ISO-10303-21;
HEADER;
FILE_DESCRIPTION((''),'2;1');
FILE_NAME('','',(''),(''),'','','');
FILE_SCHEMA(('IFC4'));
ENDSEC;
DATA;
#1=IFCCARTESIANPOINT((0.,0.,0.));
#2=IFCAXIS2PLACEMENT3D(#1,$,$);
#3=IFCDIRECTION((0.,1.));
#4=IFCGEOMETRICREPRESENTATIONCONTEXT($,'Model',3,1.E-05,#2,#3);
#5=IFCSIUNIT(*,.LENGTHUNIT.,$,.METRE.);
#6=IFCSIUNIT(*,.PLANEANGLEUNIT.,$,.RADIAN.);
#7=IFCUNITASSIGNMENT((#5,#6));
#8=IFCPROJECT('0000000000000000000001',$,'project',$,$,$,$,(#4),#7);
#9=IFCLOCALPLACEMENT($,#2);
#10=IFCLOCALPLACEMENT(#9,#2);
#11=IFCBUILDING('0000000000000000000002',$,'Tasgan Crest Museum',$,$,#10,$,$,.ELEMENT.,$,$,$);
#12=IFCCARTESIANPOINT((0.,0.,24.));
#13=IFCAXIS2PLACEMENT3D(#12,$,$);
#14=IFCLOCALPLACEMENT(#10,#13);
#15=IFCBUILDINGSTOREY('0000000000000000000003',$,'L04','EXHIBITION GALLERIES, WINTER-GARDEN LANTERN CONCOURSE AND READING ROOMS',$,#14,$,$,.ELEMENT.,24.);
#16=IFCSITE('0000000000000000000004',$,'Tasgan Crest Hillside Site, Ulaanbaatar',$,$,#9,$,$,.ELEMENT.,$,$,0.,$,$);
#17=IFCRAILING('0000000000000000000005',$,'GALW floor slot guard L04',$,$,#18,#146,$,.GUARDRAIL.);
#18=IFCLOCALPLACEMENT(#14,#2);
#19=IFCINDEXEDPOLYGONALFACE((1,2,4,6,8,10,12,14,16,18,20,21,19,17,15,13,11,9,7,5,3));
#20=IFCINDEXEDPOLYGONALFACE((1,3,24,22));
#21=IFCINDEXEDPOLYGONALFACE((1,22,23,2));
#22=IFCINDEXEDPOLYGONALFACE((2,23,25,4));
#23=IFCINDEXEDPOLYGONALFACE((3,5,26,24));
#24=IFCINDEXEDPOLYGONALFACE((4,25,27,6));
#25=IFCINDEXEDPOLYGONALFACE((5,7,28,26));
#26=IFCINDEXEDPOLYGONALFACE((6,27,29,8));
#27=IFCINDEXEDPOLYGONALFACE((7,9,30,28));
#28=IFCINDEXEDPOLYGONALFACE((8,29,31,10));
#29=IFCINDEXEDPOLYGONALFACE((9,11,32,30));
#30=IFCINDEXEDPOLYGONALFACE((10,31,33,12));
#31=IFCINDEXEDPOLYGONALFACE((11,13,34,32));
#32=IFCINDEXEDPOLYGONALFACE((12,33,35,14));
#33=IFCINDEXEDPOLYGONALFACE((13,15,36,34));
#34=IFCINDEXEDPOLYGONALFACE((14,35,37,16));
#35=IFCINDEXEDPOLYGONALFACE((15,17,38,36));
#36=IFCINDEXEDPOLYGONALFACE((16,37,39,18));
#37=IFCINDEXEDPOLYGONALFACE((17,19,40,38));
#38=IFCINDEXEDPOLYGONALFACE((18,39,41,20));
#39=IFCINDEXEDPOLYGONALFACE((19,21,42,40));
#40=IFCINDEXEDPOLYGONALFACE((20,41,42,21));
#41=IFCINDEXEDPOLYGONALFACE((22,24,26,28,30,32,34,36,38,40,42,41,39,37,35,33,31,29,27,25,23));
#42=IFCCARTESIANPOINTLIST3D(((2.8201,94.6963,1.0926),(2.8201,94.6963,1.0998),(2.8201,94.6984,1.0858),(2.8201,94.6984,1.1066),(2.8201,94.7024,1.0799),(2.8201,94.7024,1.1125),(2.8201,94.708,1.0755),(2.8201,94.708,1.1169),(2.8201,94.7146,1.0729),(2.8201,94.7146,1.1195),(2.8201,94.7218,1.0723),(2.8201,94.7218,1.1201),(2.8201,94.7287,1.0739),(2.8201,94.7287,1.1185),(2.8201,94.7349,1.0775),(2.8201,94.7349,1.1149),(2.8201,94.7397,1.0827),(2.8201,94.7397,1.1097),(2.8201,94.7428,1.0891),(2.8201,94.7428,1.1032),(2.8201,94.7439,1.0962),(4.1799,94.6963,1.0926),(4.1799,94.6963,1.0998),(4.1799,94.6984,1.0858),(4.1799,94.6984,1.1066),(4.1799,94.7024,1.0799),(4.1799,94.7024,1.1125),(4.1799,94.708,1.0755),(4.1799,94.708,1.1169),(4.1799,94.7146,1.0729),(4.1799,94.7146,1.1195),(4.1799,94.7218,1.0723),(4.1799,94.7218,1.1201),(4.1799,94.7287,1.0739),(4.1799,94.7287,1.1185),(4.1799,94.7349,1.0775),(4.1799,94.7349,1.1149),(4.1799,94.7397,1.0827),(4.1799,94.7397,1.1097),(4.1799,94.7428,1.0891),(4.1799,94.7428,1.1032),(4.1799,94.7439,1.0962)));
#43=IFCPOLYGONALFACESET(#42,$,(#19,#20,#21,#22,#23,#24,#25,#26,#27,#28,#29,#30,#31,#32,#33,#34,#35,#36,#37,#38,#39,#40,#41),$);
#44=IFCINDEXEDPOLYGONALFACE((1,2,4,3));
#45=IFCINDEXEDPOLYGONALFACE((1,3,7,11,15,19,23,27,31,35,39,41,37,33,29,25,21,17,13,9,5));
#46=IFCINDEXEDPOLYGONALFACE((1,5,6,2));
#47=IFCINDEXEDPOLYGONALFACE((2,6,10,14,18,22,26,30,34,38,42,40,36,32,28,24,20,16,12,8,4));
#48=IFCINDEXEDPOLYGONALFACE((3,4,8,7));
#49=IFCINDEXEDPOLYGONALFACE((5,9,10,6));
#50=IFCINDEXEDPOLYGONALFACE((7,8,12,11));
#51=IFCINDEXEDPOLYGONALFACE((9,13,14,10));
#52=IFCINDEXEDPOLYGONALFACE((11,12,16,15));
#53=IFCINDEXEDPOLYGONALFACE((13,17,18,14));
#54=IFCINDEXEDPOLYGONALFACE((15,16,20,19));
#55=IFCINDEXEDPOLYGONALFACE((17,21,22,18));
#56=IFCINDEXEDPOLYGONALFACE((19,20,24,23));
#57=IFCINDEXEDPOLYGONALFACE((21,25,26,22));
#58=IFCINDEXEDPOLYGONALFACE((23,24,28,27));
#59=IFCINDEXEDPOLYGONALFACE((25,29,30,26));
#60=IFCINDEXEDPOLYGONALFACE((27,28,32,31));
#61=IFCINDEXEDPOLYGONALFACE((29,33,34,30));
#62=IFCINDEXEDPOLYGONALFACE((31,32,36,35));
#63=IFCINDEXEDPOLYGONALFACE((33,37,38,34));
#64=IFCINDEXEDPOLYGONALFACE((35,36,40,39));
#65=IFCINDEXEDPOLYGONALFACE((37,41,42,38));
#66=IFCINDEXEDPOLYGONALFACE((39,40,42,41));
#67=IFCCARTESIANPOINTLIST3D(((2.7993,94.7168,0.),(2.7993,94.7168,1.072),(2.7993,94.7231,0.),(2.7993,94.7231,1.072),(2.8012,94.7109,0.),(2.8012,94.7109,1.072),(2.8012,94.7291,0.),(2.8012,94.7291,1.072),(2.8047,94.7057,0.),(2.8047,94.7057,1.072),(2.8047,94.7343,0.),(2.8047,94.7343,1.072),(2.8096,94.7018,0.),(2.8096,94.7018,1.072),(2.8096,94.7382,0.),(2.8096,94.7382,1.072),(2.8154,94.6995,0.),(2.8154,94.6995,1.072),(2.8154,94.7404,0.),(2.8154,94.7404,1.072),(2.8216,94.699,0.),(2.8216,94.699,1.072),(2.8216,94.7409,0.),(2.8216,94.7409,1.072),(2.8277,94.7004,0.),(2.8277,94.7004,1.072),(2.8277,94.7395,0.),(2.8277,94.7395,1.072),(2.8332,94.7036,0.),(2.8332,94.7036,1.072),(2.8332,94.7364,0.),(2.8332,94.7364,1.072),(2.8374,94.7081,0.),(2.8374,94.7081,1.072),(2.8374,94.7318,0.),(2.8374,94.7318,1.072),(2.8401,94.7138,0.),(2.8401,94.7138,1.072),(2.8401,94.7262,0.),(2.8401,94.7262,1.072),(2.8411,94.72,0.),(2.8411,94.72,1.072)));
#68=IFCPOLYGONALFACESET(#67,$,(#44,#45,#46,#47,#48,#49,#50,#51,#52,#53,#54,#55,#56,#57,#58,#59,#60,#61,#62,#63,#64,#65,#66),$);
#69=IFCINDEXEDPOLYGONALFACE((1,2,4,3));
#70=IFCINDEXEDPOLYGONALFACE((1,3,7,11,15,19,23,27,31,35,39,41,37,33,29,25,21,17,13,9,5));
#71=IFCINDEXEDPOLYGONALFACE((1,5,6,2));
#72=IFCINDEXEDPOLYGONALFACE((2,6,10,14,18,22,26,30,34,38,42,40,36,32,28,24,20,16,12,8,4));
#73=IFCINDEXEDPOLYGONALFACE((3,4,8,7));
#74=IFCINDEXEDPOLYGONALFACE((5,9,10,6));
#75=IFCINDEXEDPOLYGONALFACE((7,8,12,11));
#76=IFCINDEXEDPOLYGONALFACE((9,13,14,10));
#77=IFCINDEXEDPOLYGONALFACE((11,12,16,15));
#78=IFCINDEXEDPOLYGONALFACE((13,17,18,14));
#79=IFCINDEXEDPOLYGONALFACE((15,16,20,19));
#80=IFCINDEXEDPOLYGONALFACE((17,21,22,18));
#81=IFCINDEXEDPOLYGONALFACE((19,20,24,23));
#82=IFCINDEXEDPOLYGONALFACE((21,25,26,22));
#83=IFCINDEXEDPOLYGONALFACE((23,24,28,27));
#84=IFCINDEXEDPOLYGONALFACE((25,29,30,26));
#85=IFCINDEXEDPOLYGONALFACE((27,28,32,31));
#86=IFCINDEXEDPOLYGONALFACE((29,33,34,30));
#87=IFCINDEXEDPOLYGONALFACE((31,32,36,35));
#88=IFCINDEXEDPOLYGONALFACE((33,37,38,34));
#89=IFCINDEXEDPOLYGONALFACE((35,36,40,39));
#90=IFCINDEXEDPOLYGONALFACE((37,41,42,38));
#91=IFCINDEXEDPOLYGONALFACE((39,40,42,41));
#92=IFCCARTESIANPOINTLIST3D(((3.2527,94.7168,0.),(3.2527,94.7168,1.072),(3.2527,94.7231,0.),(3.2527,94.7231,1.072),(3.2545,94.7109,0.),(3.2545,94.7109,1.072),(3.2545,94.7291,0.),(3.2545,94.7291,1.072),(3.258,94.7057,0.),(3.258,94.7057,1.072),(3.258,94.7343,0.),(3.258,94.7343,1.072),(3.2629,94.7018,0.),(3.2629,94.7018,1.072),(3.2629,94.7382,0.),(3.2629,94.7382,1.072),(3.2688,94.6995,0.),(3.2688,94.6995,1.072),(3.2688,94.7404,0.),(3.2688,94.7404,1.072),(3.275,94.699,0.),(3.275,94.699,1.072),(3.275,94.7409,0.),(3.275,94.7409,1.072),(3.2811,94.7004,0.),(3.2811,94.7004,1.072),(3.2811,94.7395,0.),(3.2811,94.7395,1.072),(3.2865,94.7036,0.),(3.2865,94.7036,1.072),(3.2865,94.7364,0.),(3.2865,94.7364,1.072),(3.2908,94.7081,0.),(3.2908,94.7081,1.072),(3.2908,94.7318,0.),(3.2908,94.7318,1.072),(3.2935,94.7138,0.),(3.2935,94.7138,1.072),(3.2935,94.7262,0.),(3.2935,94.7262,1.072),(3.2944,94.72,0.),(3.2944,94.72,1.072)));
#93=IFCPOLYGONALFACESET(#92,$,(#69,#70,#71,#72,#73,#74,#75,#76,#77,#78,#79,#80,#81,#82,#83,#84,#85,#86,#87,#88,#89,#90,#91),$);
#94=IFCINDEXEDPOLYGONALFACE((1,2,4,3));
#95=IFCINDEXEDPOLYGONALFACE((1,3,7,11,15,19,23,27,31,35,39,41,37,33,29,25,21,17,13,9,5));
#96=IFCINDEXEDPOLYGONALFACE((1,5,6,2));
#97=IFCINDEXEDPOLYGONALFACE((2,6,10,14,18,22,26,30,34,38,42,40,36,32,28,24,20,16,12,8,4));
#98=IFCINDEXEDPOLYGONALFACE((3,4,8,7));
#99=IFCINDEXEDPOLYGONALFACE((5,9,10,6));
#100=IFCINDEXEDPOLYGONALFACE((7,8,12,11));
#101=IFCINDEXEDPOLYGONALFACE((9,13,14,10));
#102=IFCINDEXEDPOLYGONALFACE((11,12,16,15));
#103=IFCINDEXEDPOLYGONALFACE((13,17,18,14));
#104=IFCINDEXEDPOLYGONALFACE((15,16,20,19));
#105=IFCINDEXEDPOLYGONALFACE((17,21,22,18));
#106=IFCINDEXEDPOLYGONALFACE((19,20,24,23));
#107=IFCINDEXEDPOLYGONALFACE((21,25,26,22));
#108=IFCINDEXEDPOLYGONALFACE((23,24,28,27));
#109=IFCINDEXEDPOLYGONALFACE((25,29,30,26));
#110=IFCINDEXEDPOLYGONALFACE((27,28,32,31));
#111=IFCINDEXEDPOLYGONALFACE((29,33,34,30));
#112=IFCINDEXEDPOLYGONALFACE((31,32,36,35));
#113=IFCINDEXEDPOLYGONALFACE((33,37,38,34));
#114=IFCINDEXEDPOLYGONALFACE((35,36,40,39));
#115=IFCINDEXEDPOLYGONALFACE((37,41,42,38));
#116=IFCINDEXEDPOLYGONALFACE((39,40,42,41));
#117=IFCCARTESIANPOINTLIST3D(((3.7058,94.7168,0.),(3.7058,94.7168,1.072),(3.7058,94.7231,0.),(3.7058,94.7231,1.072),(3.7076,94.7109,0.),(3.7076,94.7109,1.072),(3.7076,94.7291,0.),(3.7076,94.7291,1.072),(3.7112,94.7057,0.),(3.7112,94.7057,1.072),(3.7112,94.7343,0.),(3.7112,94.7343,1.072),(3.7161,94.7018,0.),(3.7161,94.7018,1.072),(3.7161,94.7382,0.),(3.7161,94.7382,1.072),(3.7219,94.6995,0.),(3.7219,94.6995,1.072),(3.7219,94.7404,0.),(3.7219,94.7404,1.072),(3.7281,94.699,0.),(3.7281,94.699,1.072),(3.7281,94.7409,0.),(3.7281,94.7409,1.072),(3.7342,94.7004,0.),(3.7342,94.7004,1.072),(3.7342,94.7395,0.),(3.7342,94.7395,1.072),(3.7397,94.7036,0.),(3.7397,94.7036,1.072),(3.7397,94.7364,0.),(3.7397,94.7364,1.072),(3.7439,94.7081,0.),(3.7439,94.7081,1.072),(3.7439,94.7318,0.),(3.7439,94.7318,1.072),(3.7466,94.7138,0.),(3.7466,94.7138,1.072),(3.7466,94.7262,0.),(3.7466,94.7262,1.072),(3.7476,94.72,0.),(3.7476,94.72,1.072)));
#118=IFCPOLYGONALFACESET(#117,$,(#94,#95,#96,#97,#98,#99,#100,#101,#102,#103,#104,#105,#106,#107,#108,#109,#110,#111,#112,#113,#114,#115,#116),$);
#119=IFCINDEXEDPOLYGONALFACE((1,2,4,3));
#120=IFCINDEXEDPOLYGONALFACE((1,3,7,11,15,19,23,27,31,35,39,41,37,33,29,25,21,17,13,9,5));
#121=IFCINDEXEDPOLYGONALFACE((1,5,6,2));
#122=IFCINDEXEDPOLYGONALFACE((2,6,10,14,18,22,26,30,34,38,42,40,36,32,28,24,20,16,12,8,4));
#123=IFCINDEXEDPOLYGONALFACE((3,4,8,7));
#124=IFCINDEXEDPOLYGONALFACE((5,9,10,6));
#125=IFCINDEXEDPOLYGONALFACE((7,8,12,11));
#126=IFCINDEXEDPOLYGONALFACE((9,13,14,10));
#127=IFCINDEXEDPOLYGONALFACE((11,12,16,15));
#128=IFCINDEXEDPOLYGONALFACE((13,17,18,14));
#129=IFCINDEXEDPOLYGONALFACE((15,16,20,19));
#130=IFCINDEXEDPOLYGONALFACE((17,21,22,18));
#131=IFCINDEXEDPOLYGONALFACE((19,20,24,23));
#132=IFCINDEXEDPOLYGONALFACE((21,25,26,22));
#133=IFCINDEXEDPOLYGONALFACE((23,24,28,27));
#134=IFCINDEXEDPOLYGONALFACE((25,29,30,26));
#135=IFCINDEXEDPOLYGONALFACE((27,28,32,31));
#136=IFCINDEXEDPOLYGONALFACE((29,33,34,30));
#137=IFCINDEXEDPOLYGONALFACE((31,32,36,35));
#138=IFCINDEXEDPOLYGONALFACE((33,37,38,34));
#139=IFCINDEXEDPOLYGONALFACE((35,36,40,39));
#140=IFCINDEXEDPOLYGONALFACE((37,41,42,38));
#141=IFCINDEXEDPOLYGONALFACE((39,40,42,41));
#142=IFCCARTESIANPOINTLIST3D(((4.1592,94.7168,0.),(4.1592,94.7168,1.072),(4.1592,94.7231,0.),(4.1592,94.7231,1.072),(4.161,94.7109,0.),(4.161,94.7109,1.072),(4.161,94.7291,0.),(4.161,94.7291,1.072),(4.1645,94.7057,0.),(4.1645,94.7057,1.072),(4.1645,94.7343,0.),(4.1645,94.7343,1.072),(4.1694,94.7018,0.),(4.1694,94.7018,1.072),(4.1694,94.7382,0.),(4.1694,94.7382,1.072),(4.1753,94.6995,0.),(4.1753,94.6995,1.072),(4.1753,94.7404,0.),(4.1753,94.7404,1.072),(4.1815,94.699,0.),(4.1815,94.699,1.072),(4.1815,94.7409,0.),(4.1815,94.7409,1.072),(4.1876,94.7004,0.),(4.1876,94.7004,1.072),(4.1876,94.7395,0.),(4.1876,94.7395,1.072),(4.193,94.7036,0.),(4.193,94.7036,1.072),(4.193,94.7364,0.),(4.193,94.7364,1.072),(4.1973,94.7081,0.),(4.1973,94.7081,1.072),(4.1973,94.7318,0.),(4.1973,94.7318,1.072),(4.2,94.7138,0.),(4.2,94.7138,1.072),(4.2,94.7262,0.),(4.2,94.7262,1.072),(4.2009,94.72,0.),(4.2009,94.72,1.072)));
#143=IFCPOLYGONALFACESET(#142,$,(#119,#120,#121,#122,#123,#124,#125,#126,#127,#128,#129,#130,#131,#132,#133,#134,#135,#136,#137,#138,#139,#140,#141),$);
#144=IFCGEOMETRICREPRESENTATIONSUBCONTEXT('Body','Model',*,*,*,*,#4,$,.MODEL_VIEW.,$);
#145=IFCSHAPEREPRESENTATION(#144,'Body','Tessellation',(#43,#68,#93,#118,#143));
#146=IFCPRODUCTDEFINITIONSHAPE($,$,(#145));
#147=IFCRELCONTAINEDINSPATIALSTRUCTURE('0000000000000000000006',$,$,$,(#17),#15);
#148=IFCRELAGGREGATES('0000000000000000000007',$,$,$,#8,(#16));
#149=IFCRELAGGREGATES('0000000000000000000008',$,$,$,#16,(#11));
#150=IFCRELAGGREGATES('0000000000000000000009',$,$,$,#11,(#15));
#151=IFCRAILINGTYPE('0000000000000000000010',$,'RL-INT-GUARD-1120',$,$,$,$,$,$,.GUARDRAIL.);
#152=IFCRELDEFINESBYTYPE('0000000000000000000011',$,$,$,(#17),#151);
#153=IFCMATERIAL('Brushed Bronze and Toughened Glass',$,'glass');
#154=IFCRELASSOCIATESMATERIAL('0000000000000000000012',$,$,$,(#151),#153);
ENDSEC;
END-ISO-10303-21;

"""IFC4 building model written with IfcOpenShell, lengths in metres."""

from ifc_helpers import new_model, si_unit, direction, frame, origin, origin_2d, place, context, subcontext, project, spatial, circle, extrude, material, type_object, element, save


model = new_model("IFC4")

# Units and contexts
model_context = context("Model", 3, precision=1e-05, world=origin(), true_north=direction((0.0, 1.0)))
body_context = subcontext(model_context, "Body", "Model", "MODEL_VIEW")
ifc_project = project(units=[si_unit("LENGTHUNIT", "METRE"), si_unit("PLANEANGLEUNIT", "RADIAN")], contexts=[model_context])

# Site, building, storey
site_placement = place(None, origin())
site = spatial("IfcSite", under=ifc_project, at=site_placement, Name="Tasgan Crest Hillside Site, Ulaanbaatar", CompositionType="ELEMENT", RefElevation=0.0)
building_placement = place(site_placement, origin())
building = spatial("IfcBuilding", under=site, at=building_placement, Name="Tasgan Crest Museum", CompositionType="ELEMENT")
storey_placement = place(building_placement, frame((0.0, 0.0, 24.0)))
storey = spatial("IfcBuildingStorey", under=building, at=storey_placement, Name="L04", Description="EXHIBITION GALLERIES, WINTER-GARDEN LANTERN CONCOURSE AND READING ROOMS", CompositionType="ELEMENT", Elevation=24.0)

# Railing
ifc_material_1 = material(Name="Brushed Bronze and Toughened Glass", Category="glass")
railing_type_1 = type_object("IfcRailingType", Name="RL-INT-GUARD-1120", PredefinedType="GUARDRAIL", material=ifc_material_1)
railing_1_placement = place(storey_placement, frame((2.8201, 94.72, 0.0)))
element("IfcRailing", 1, at=railing_1_placement, inside=storey, type_object=railing_type_1, Name="GALW floor slot guard L04", PredefinedType="GUARDRAIL", context=body_context, shape_type="SweptSolid", body=[
    extrude(circle(Radius=0.0239, at=origin_2d()), frame((0.0, 0.0, 1.0962), z_axis=(1.0, 0.0, 0.0), x_axis=(0.0, 1.0, 0.0)), (0.0, 0.0, 1.0), 1.3599),
    extrude(circle(Radius=0.021, at=origin_2d()), origin(), (0.0, 0.0, 1.0), 1.072),
    extrude(circle(Radius=0.021, at=origin_2d()), frame((0.4534, 0.0, 0.0)), (0.0, 0.0, 1.0), 1.072),
    extrude(circle(Radius=0.021, at=origin_2d()), frame((0.9065, 0.0, 0.0)), (0.0, 0.0, 1.0), 1.072),
    extrude(circle(Radius=0.021, at=origin_2d()), frame((1.3599, 0.0, 0.0)), (0.0, 0.0, 1.0), 1.072),
])

save(model, "model.ifc")
